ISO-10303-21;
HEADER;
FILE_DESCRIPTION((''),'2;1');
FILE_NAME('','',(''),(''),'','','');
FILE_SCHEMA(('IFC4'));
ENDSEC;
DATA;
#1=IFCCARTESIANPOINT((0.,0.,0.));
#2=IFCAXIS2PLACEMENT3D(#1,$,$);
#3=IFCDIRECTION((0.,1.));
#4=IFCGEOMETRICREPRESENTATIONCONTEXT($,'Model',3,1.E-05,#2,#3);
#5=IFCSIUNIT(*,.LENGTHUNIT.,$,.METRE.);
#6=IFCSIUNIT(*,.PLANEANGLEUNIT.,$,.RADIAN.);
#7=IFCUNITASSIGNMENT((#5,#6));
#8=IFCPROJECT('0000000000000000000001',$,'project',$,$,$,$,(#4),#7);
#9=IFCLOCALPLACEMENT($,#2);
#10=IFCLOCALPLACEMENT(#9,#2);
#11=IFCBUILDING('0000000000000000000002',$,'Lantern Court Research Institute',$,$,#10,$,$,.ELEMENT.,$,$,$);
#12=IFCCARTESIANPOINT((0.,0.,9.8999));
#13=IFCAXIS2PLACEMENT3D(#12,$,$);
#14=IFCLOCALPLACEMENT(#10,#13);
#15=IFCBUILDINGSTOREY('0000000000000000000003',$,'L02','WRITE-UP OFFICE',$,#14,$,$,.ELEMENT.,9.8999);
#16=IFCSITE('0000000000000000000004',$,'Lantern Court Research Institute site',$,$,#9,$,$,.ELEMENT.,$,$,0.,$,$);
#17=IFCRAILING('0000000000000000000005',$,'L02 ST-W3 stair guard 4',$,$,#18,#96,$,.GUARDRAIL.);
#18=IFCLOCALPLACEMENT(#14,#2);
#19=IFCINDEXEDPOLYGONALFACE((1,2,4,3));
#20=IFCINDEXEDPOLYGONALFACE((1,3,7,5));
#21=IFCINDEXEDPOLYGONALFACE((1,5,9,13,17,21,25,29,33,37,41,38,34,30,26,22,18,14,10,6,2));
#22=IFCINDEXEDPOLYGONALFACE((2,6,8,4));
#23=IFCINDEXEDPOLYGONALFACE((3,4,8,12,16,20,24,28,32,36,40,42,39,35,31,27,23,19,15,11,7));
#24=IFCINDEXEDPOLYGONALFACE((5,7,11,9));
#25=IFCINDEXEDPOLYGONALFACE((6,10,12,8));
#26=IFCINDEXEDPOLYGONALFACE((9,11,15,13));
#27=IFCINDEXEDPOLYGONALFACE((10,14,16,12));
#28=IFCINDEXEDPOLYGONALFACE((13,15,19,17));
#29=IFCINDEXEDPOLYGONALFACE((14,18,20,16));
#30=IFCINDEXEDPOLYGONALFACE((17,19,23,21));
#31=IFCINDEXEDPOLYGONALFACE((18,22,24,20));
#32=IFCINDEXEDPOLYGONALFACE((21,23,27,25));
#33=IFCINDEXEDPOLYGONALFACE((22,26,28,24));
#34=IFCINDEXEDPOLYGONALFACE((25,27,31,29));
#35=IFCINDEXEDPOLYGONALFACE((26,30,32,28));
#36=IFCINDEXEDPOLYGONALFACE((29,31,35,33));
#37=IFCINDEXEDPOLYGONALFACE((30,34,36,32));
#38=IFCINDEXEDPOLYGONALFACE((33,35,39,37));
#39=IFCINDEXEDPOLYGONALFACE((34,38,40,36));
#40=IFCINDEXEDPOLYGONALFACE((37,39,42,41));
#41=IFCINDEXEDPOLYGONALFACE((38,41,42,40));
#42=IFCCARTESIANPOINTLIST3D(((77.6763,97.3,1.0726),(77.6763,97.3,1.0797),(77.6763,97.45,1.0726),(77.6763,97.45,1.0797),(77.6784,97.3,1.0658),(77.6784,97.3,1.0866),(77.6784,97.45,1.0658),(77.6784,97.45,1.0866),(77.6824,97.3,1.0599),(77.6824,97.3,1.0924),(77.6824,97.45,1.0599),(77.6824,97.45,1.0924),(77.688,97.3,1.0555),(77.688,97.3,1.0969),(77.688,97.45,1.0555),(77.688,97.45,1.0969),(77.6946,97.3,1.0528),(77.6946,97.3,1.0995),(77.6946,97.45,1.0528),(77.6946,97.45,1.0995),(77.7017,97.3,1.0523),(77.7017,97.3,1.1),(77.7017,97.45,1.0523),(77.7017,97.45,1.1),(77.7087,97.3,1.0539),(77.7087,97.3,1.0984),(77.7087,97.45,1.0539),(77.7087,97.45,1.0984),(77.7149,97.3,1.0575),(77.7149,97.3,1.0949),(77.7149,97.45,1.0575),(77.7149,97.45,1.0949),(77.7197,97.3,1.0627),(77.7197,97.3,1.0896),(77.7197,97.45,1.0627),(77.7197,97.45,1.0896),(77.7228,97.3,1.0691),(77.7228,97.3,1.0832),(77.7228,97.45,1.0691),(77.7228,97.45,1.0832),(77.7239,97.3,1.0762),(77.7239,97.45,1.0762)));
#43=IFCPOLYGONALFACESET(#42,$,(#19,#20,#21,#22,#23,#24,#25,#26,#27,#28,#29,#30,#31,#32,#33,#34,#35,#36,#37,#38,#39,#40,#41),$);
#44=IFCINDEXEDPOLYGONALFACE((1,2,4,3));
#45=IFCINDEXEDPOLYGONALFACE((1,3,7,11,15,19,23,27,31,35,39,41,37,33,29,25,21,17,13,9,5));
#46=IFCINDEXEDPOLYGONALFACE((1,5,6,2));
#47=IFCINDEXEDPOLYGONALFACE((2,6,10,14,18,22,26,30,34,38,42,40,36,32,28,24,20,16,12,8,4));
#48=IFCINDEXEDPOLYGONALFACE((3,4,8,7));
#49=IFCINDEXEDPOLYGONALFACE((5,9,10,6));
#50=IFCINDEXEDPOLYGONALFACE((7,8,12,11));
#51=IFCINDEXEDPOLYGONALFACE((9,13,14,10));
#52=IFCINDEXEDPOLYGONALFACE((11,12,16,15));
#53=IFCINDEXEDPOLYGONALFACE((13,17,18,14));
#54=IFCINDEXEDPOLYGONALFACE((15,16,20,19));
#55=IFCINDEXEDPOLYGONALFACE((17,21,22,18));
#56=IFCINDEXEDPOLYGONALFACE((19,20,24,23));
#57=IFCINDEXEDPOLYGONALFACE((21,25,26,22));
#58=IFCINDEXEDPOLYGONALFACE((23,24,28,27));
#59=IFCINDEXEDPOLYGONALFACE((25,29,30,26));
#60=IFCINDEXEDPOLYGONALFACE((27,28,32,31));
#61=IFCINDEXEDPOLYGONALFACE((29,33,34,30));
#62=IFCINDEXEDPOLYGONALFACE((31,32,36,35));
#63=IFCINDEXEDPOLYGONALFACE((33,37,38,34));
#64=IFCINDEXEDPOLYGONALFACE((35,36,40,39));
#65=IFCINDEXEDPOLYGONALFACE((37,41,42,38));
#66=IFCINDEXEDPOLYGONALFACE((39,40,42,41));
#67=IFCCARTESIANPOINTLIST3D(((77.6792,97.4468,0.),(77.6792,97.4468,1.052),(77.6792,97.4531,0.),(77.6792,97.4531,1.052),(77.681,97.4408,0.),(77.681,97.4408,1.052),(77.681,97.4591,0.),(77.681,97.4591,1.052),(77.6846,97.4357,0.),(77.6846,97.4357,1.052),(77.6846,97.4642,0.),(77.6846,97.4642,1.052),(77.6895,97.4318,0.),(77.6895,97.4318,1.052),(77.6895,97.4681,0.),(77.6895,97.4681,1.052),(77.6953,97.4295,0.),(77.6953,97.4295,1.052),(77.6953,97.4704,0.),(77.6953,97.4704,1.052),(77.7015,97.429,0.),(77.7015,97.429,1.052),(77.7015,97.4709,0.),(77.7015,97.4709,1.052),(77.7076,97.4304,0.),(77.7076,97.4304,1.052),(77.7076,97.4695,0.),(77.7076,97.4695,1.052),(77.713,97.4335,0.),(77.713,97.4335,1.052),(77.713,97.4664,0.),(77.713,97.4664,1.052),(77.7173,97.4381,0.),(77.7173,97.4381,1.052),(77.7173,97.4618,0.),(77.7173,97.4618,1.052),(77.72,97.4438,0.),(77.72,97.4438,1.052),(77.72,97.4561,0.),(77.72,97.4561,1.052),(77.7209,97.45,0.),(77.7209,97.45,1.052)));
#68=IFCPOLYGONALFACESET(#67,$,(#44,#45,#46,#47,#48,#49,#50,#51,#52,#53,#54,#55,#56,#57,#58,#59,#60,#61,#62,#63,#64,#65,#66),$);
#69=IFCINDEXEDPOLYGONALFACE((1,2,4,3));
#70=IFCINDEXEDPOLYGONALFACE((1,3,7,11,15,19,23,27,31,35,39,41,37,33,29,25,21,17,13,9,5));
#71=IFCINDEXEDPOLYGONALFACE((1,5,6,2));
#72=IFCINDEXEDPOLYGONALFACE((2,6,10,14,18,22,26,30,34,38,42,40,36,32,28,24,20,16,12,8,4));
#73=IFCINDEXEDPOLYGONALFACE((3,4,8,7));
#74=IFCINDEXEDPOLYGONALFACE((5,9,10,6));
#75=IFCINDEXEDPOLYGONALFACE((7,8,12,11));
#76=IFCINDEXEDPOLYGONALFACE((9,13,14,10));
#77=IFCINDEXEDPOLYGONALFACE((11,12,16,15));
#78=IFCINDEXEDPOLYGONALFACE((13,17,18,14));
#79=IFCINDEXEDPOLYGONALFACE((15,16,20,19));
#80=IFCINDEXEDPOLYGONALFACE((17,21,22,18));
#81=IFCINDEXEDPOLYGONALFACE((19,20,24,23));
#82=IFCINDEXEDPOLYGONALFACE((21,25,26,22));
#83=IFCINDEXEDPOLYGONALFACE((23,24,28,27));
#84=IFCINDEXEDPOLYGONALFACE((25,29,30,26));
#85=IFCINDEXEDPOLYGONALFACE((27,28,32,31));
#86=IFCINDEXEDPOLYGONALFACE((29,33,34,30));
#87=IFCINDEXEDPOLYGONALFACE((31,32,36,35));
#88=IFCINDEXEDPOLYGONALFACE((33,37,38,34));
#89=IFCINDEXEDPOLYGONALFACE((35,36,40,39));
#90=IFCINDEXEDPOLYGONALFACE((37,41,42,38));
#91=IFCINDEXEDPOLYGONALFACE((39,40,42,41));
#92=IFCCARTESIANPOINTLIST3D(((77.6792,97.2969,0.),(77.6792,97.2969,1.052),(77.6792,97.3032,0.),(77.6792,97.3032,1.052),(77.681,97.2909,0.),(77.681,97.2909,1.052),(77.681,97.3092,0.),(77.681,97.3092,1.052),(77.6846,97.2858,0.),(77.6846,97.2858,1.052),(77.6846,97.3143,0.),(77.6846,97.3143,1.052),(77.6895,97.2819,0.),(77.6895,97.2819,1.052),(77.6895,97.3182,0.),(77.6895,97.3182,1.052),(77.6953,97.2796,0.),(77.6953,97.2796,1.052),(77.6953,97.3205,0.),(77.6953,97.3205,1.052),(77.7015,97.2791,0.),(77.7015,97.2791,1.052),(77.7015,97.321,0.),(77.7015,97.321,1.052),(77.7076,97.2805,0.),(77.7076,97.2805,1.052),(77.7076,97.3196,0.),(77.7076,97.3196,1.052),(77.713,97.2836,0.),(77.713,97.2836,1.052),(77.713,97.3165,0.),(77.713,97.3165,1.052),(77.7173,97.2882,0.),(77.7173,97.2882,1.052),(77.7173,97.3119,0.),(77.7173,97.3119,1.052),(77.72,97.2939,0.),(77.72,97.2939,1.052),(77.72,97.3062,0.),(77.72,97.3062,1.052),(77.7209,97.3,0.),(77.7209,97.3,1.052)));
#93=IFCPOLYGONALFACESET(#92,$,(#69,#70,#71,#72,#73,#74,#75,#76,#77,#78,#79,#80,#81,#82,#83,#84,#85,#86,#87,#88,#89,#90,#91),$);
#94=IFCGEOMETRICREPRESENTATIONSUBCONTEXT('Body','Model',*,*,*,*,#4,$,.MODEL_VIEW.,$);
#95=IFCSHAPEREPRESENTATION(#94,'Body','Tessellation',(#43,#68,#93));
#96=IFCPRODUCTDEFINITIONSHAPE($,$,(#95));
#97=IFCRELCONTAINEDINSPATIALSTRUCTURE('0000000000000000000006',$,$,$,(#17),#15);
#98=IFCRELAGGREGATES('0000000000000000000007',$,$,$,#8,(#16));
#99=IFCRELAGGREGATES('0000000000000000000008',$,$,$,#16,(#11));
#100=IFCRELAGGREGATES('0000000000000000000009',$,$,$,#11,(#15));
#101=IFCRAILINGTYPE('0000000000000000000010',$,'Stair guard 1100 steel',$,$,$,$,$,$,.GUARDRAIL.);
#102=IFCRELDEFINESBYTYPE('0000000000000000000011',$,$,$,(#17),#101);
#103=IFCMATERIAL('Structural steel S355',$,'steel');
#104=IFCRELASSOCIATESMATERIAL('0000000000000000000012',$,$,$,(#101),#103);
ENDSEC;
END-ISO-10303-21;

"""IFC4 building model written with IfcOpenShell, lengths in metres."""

from ifc_helpers import new_model, si_unit, direction, frame, origin, origin_2d, place, context, subcontext, project, spatial, circle, extrude, material, type_object, element, save


model = new_model("IFC4")

# Units and contexts
model_context = context("Model", 3, precision=1e-05, world=origin(), true_north=direction((0.0, 1.0)))
body_context = subcontext(model_context, "Body", "Model", "MODEL_VIEW")
ifc_project = project(units=[si_unit("LENGTHUNIT", "METRE"), si_unit("PLANEANGLEUNIT", "RADIAN")], contexts=[model_context])

# Site, building, storey
site_placement = place(None, origin())
site = spatial("IfcSite", under=ifc_project, at=site_placement, Name="Lantern Court Research Institute site", CompositionType="ELEMENT", RefElevation=0.0)
building_placement = place(site_placement, origin())
building = spatial("IfcBuilding", under=site, at=building_placement, Name="Lantern Court Research Institute", CompositionType="ELEMENT")
storey_placement = place(building_placement, frame((0.0, 0.0, 9.8999)))
storey = spatial("IfcBuildingStorey", under=building, at=storey_placement, Name="L02", Description="WRITE-UP OFFICE", CompositionType="ELEMENT", Elevation=9.8999)

# Railing
ifc_material_1 = material(Name="Structural steel S355", Category="steel")
railing_type_1 = type_object("IfcRailingType", Name="Stair guard 1100 steel", PredefinedType="GUARDRAIL", material=ifc_material_1)
railing_1_placement = place(storey_placement, frame((77.7, 97.45, 0.0)))
element("IfcRailing", 1, at=railing_1_placement, inside=storey, type_object=railing_type_1, Name="L02 ST-W3 stair guard 4", PredefinedType="GUARDRAIL", context=body_context, shape_type="SweptSolid", body=[
    extrude(circle(Radius=0.0239, at=origin_2d()), frame((0.0, 0.0, 1.0762), z_axis=(0.0, -1.0, 0.0), x_axis=(1.0, 0.0, 0.0)), (0.0, 0.0, 1.0), 0.1499),
    extrude(circle(Radius=0.021, at=origin_2d()), origin(), (0.0, 0.0, 1.0), 1.052),
    extrude(circle(Radius=0.021, at=origin_2d()), frame((0.0, -0.1499, 0.0)), (0.0, 0.0, 1.0), 1.052),
])

save(model, "model.ifc")
